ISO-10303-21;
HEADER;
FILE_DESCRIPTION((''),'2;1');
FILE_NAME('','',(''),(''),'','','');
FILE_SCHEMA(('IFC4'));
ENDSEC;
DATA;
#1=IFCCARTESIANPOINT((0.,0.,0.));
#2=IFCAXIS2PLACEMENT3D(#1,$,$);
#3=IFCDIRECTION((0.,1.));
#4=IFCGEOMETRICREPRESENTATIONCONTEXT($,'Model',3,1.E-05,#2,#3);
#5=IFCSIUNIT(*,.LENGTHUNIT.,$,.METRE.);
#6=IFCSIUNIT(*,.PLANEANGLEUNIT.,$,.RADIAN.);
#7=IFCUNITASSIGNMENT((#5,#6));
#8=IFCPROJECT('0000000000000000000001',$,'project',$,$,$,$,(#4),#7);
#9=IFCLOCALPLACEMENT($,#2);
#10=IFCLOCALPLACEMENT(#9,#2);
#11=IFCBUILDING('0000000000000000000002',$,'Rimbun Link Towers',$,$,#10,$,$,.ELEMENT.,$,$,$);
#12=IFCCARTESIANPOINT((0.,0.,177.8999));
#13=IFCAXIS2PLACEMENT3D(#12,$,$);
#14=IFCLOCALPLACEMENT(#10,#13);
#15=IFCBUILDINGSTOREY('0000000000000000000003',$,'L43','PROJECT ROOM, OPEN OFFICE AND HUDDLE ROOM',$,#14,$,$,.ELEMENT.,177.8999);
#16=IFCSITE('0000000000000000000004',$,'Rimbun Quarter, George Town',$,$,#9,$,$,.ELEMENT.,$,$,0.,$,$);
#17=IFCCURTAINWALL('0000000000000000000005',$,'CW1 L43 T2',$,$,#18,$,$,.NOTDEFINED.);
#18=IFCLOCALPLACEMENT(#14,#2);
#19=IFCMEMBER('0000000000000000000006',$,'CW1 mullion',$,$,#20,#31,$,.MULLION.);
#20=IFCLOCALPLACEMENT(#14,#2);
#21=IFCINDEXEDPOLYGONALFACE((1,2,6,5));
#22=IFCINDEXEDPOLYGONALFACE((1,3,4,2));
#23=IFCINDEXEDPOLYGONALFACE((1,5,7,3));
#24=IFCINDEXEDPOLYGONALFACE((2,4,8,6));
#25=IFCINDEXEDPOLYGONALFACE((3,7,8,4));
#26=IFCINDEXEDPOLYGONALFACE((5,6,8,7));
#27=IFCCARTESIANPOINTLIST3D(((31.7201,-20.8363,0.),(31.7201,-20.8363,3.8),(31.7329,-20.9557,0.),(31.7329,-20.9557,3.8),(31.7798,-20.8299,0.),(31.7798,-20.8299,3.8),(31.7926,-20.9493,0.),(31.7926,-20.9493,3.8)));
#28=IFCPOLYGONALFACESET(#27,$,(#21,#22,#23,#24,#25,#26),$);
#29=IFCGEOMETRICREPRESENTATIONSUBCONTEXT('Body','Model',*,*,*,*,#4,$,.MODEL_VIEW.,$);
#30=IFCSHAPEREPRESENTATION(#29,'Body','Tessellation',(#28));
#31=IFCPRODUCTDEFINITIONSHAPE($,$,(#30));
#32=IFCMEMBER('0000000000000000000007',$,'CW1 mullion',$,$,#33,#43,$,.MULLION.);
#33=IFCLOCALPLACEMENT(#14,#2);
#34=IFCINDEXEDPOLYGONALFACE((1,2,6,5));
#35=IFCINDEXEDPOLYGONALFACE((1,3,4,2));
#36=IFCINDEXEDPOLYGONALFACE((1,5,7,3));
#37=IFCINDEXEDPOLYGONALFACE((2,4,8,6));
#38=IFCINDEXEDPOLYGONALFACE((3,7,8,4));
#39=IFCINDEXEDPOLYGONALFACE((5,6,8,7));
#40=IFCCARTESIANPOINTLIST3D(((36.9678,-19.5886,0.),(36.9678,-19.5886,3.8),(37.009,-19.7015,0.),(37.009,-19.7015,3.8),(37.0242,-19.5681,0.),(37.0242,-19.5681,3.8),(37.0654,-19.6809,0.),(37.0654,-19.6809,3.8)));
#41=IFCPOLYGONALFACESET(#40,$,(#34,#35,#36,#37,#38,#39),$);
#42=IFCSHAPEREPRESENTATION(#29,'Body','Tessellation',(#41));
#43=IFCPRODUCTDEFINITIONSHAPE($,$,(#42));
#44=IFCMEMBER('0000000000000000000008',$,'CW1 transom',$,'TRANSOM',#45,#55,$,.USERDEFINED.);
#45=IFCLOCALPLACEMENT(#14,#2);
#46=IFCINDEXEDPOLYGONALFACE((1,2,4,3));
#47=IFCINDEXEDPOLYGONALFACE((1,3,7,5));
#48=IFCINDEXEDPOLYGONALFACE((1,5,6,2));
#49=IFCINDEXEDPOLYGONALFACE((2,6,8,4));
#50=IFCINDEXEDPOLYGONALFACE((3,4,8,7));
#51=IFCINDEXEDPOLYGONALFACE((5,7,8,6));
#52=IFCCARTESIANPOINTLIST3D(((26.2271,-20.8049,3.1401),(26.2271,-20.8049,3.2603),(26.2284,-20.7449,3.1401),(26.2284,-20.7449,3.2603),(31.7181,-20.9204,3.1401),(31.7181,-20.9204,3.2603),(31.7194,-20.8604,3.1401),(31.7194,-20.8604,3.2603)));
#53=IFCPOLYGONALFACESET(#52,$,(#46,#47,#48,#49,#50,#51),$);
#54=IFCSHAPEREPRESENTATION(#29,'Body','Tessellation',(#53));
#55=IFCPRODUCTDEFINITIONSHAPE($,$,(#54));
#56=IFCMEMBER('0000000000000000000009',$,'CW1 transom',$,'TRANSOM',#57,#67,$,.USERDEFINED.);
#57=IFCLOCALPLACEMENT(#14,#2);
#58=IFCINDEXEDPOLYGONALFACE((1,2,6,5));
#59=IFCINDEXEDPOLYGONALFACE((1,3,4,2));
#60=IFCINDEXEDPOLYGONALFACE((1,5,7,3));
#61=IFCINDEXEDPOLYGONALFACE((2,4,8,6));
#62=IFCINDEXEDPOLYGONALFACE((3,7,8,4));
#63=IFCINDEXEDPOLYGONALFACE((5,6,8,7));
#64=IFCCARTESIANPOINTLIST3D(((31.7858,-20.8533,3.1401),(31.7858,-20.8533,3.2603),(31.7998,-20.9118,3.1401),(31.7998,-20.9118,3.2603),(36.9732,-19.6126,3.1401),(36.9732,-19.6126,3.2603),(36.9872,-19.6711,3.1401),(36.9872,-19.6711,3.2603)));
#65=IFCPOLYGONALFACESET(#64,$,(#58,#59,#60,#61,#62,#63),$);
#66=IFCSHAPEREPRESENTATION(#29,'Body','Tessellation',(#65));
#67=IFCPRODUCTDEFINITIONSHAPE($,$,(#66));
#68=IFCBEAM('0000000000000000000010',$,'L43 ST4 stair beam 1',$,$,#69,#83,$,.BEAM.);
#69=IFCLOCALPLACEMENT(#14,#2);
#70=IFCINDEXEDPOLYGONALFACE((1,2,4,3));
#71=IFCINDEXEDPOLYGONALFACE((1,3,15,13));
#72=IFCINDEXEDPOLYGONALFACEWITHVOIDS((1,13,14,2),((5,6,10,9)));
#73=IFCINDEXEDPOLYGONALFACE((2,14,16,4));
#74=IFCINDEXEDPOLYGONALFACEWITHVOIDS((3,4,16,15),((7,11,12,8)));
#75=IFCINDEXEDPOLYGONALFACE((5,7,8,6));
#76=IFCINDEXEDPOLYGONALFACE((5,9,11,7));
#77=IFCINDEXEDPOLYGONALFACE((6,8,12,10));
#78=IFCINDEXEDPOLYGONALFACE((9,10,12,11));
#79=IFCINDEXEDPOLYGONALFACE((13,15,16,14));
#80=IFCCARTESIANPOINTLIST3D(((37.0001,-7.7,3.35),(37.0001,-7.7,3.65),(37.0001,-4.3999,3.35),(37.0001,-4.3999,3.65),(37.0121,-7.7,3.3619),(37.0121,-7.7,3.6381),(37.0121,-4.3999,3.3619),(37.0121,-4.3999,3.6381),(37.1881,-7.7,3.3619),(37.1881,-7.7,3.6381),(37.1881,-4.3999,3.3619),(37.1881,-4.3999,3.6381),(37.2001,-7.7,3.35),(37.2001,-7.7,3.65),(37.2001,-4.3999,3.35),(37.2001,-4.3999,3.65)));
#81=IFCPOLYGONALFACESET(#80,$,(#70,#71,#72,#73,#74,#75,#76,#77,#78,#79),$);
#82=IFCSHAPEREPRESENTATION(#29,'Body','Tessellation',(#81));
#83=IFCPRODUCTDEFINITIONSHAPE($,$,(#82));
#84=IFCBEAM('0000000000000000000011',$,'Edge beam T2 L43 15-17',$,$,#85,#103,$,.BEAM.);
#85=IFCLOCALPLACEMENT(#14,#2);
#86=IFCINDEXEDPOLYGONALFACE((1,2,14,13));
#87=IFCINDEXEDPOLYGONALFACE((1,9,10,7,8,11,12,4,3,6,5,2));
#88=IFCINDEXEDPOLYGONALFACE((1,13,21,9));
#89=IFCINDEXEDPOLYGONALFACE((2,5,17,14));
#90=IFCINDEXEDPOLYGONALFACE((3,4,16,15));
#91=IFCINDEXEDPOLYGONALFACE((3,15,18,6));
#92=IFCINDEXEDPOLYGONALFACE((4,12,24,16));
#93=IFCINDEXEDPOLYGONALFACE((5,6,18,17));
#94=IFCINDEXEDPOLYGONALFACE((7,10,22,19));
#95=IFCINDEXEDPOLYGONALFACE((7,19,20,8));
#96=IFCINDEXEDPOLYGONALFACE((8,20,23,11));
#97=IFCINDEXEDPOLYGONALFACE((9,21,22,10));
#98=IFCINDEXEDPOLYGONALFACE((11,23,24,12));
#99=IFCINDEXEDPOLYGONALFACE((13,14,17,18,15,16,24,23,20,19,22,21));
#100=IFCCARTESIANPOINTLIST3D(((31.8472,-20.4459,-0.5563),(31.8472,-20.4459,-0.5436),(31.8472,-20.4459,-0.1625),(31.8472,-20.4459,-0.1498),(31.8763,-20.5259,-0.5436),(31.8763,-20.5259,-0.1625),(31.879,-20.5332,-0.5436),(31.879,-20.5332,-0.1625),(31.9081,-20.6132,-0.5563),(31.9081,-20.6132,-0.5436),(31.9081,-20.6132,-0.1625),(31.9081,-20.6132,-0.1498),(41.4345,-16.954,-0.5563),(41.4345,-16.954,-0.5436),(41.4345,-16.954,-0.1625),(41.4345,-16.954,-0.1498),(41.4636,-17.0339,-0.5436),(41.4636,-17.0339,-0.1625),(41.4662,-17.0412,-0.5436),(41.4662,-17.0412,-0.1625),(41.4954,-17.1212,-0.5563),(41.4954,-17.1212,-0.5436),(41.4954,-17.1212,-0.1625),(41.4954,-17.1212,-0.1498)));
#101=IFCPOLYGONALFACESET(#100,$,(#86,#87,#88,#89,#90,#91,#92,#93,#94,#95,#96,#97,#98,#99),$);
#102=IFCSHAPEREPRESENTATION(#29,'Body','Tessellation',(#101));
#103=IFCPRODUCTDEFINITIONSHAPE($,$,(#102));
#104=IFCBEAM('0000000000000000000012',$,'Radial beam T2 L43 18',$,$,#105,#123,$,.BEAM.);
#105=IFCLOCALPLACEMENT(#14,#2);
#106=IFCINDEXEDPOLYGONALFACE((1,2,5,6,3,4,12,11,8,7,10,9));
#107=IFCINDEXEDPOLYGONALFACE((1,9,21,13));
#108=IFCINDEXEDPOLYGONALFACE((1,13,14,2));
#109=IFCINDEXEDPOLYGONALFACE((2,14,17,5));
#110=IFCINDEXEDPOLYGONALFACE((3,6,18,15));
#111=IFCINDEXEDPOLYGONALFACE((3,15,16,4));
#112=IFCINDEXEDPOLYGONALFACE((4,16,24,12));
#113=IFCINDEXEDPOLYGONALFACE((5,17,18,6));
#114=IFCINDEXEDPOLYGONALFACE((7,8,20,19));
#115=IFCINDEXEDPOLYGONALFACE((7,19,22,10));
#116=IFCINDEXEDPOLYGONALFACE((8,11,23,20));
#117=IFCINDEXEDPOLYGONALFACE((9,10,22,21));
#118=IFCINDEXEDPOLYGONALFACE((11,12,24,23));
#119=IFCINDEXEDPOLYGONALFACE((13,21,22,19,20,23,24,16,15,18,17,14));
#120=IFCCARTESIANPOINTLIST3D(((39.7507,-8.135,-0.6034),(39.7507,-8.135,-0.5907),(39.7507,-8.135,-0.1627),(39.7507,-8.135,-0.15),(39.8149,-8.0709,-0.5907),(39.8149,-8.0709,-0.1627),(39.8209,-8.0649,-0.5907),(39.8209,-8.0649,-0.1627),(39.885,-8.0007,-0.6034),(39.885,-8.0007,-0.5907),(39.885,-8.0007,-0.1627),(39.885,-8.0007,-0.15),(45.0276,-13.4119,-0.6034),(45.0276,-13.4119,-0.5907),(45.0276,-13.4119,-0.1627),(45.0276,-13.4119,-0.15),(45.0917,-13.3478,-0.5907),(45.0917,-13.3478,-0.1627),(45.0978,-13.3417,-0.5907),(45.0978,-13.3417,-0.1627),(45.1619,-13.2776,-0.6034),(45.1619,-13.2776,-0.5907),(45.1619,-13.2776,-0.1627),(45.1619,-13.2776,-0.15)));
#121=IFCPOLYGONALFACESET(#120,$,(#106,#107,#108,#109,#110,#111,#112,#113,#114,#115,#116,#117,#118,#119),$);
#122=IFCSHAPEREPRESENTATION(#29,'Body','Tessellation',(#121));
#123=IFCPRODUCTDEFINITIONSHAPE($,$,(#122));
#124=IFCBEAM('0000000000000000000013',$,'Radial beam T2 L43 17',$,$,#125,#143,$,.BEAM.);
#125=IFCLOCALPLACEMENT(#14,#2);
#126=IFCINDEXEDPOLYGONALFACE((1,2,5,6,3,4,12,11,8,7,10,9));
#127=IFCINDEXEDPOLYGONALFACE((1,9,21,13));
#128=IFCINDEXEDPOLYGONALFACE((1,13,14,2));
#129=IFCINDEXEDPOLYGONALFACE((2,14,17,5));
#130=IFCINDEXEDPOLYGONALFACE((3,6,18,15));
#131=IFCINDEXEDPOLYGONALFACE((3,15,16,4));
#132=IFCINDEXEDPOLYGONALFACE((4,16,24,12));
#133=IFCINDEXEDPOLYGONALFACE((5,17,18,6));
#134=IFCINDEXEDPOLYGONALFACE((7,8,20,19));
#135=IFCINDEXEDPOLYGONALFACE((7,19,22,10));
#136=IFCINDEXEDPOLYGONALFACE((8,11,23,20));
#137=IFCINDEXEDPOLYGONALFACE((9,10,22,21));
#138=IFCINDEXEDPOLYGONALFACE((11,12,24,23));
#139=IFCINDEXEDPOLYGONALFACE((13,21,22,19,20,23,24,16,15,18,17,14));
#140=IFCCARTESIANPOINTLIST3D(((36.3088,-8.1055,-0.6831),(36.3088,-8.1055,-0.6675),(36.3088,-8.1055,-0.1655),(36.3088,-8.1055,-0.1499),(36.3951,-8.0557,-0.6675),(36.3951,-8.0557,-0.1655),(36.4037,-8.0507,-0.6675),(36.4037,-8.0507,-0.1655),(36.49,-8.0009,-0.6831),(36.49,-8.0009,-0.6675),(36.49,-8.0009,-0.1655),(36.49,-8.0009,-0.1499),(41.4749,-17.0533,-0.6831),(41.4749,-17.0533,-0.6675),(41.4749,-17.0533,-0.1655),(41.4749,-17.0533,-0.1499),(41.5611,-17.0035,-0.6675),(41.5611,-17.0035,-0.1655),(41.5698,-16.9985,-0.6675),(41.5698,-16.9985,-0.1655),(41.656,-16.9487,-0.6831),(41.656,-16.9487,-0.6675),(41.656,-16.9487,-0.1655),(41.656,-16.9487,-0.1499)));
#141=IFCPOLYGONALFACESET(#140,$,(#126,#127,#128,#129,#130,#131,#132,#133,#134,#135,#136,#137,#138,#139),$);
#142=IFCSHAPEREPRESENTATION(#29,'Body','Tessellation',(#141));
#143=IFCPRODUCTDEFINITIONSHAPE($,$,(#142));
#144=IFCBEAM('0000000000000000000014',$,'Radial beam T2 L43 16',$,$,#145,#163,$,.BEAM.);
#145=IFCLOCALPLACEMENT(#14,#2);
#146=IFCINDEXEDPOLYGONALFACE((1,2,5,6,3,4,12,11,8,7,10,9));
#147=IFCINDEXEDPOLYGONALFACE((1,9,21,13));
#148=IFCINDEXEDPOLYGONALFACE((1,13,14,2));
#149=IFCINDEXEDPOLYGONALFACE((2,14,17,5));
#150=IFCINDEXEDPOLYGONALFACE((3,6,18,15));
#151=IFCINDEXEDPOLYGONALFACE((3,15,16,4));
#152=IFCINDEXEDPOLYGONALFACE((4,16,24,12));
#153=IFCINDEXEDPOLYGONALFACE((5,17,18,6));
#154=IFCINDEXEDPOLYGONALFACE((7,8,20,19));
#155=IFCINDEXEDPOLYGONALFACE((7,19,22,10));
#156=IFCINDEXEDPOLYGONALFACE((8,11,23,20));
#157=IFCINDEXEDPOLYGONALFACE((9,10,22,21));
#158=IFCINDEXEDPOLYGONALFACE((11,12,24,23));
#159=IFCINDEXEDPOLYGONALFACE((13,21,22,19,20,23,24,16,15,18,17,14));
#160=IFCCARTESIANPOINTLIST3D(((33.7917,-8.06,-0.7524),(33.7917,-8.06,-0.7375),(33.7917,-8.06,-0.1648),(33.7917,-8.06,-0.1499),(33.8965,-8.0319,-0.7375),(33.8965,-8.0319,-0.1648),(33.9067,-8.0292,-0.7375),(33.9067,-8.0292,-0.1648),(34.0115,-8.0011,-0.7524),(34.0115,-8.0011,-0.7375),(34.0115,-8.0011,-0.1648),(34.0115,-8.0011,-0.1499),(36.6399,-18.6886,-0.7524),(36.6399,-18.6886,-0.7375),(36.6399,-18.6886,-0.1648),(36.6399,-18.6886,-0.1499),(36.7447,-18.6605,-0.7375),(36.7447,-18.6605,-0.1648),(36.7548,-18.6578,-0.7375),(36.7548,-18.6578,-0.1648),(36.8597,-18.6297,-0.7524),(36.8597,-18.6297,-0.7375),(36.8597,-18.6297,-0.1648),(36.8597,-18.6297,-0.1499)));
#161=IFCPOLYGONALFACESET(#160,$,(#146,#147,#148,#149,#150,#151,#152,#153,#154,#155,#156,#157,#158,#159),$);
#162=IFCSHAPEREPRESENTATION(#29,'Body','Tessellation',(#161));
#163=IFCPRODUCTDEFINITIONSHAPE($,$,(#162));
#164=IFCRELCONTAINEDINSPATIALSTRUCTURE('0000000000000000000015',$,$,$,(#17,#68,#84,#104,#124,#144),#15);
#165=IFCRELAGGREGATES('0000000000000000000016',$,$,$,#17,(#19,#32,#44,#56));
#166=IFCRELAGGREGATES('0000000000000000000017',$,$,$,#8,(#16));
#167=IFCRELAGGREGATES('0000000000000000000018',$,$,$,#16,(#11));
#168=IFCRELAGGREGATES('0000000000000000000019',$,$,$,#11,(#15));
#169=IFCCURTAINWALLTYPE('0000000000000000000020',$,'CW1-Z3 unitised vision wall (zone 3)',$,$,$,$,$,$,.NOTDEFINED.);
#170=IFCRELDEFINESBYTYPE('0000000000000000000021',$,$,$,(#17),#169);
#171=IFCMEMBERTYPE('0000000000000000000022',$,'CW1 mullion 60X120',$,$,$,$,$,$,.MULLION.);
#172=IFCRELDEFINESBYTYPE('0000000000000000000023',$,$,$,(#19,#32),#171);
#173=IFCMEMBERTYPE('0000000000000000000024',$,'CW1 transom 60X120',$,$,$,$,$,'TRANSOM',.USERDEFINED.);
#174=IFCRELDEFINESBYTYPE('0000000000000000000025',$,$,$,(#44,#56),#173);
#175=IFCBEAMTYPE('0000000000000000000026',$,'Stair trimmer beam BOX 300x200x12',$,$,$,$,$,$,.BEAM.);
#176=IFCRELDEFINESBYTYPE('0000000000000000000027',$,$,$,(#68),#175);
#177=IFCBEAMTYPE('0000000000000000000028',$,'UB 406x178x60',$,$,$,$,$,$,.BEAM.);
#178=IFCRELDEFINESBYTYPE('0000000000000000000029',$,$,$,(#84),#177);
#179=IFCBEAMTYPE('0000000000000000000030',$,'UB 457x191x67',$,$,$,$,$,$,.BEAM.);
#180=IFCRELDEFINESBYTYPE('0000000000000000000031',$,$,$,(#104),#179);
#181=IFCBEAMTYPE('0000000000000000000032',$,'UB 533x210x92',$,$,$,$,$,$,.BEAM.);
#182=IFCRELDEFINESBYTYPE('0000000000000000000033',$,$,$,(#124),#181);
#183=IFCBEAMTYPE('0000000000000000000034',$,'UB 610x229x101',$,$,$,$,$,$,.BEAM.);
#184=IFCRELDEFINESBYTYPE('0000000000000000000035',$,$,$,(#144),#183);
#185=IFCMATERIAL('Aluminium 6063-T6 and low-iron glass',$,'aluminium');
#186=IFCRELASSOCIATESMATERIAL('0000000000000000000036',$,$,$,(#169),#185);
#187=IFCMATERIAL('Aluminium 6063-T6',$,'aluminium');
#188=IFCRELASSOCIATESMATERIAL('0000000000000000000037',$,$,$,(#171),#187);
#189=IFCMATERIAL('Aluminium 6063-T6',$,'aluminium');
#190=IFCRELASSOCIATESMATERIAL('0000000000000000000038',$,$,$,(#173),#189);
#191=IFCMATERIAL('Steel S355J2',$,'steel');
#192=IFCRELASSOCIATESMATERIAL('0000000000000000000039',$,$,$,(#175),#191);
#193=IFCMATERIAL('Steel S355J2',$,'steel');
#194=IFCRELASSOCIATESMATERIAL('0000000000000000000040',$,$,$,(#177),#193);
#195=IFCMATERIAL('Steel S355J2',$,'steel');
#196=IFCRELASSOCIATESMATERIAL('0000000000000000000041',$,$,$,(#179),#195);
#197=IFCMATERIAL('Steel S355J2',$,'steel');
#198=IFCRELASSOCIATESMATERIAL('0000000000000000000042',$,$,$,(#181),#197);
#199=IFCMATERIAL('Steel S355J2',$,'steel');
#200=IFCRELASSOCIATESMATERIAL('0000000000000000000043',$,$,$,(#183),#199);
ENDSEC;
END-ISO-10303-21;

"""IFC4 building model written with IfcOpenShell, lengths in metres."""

from ifc_helpers import new_model, si_unit, direction, frame, origin, origin_2d, place, context, subcontext, project, spatial, rectangle, hollow_rectangle, i_section, extrude, material, material_profile, profile_set, type_object, element, aggregate, save


model = new_model("IFC4")

# Units and contexts
model_context = context("Model", 3, precision=1e-05, world=origin(), true_north=direction((0.0, 1.0)))
body_context = subcontext(model_context, "Body", "Model", "MODEL_VIEW")
ifc_project = project(units=[si_unit("LENGTHUNIT", "METRE"), si_unit("PLANEANGLEUNIT", "RADIAN")], contexts=[model_context])

# Site, building, storey
site_placement = place(None, origin())
site = spatial("IfcSite", under=ifc_project, at=site_placement, Name="Rimbun Quarter, George Town", CompositionType="ELEMENT", RefElevation=0.0)
building_placement = place(site_placement, origin())
building = spatial("IfcBuilding", under=site, at=building_placement, Name="Rimbun Link Towers", CompositionType="ELEMENT")
storey_placement = place(building_placement, frame((0.0, 0.0, 177.8999)))
storey = spatial("IfcBuildingStorey", under=building, at=storey_placement, Name="L43", Description="PROJECT ROOM, OPEN OFFICE AND HUDDLE ROOM", CompositionType="ELEMENT", Elevation=177.8999)

# Curtain wall, members
ifc_material_1 = material(Name="Aluminium 6063-T6 and low-iron glass", Category="aluminium")
curtain_wall_type = type_object("IfcCurtainWallType", Name="CW1-Z3 unitised vision wall (zone 3)", PredefinedType="NOTDEFINED", material=ifc_material_1)
curtain_wall_placement = place(storey_placement, origin())
curtain_wall = element("IfcCurtainWall", 1, at=curtain_wall_placement, inside=storey, type_object=curtain_wall_type, Name="CW1 L43 T2", PredefinedType="NOTDEFINED")
ifc_material_2 = material(Name="Aluminium 6063-T6", Category="aluminium")
ifc_material_profile_1 = material_profile(ifc_material_2, rectangle(XDim=0.1201, YDim=0.0601, at=origin_2d()), Name="MULLION 60X120")
ifc_profile_set_1 = profile_set([ifc_material_profile_1], Name="Aluminium 6063-T6")
member_type_1 = type_object("IfcMemberType", Name="CW1 mullion 60X120", PredefinedType="MULLION", material=ifc_profile_set_1)
member_1_placement = place(storey_placement, frame((31.7563, -20.8928, 0.0), z_axis=(0.0, 0.0, 1.0), x_axis=(0.106641, -0.994298, 0.0)))
member_1 = element("IfcMember", 2, at=member_1_placement, type_object=member_type_1, Name="CW1 mullion", PredefinedType="MULLION", context=body_context, shape_type="SweptSolid", body=[
    extrude(rectangle(XDim=0.1201, YDim=0.0601, at=origin_2d()), origin(), (0.0, 0.0, 1.0), 3.8),
])
member_2_placement = place(storey_placement, frame((37.0166, -19.6348, 0.0), z_axis=(0.0, 0.0, 1.0), x_axis=(0.342962, -0.939349, 0.0)))
member_2 = element("IfcMember", 3, at=member_2_placement, type_object=member_type_1, Name="CW1 mullion", PredefinedType="MULLION", context=body_context, shape_type="SweptSolid", body=[
    extrude(rectangle(XDim=0.1201, YDim=0.0601, at=origin_2d()), origin(), (0.0, 0.0, 1.0), 3.8),
])
ifc_material_3 = material(Name="Aluminium 6063-T6", Category="aluminium")
ifc_material_profile_2 = material_profile(ifc_material_3, rectangle(XDim=0.0601, YDim=0.1201, at=origin_2d()), Name="TRANSOM 60X120")
ifc_profile_set_2 = profile_set([ifc_material_profile_2], Name="Aluminium 6063-T6")
member_type_2 = type_object("IfcMemberType", Name="CW1 transom 60X120", ElementType="TRANSOM", PredefinedType="USERDEFINED", material=ifc_profile_set_2)
member_3_placement = place(storey_placement, frame((31.7188, -20.8904, 3.2002), z_axis=(-0.999779, 0.021026, 0.0), x_axis=(-0.021026, -0.999779, 0.0)))
member_3 = element("IfcMember", 4, at=member_3_placement, type_object=member_type_2, Name="CW1 transom", ObjectType="TRANSOM", PredefinedType="USERDEFINED", context=body_context, shape_type="SweptSolid", body=[
    extrude(rectangle(XDim=0.0601, YDim=0.1201, at=origin_2d()), origin(), (0.0, 0.0, 1.0), 5.4922),
])
member_4_placement = place(storey_placement, frame((36.9802, -19.6418, 3.2002), z_axis=(-0.972569, -0.232615, 0.0), x_axis=(0.232615, -0.972569, 0.0)))
member_4 = element("IfcMember", 5, at=member_4_placement, type_object=member_type_2, Name="CW1 transom", ObjectType="TRANSOM", PredefinedType="USERDEFINED", context=body_context, shape_type="SweptSolid", body=[
    extrude(rectangle(XDim=0.0601, YDim=0.1201, at=origin_2d()), origin(), (0.0, 0.0, 1.0), 5.3337),
])

# Beams
ifc_material_4 = material(Name="Steel S355J2", Category="steel")
ifc_material_profile_3 = material_profile(ifc_material_4, hollow_rectangle(XDim=0.2, YDim=0.3, WallThickness=0.012, at=origin_2d()), Name="BOX 300x200x12")
ifc_profile_set_3 = profile_set([ifc_material_profile_3], Name="Steel S355J2")
beam_type_1 = type_object("IfcBeamType", Name="Stair trimmer beam BOX 300x200x12", PredefinedType="BEAM", material=ifc_profile_set_3)
beam_1_placement = place(storey_placement, frame((37.1001, -7.7, 3.5), z_axis=(0.0, 1.0, 0.0), x_axis=(-1.0, 0.0, 0.0)))
element("IfcBeam", 6, at=beam_1_placement, inside=storey, type_object=beam_type_1, Name="L43 ST4 stair beam 1", PredefinedType="BEAM", context=body_context, shape_type="SweptSolid", body=[
    extrude(hollow_rectangle(XDim=0.2, YDim=0.3, WallThickness=0.012, at=origin_2d()), origin(), (0.0, 0.0, 1.0), 3.3),
])
ifc_material_5 = material(Name="Steel S355J2", Category="steel")
ifc_material_profile_4 = material_profile(ifc_material_5, i_section(OverallWidth=0.178, OverallDepth=0.4065, WebThickness=0.0078, FlangeThickness=0.0127, at=origin_2d()), Name="UB 406x178x60")
ifc_profile_set_4 = profile_set([ifc_material_profile_4], Name="Steel S355J2")
beam_type_2 = type_object("IfcBeamType", Name="UB 406x178x60", PredefinedType="BEAM", material=ifc_profile_set_4)
beam_2_placement = place(storey_placement, frame((31.8777, -20.5295, -0.353), z_axis=(0.939614, 0.342237, 0.0), x_axis=(-0.342237, 0.939614, 0.0)))
element("IfcBeam", 7, at=beam_2_placement, inside=storey, type_object=beam_type_2, Name="Edge beam T2 L43 15-17", PredefinedType="BEAM", context=body_context, shape_type="SweptSolid", body=[
    extrude(i_section(OverallWidth=0.178, OverallDepth=0.4065, WebThickness=0.0078, FlangeThickness=0.0127, at=origin_2d()), origin(), (0.0, 0.0, 1.0), 10.2034),
])
ifc_material_6 = material(Name="Steel S355J2", Category="steel")
ifc_material_profile_5 = material_profile(ifc_material_6, i_section(OverallWidth=0.1899, OverallDepth=0.4534, WebThickness=0.0085, FlangeThickness=0.0127, at=origin_2d()), Name="UB 457x191x67")
ifc_profile_set_5 = profile_set([ifc_material_profile_5], Name="Steel S355J2")
beam_type_3 = type_object("IfcBeamType", Name="UB 457x191x67", PredefinedType="BEAM", material=ifc_profile_set_5)
beam_3_placement = place(storey_placement, frame((39.8179, -8.0679, -0.3767), z_axis=(0.707107, -0.707107, 0.0), x_axis=(0.707107, 0.707107, 0.0)))
element("IfcBeam", 8, at=beam_3_placement, inside=storey, type_object=beam_type_3, Name="Radial beam T2 L43 18", PredefinedType="BEAM", context=body_context, shape_type="SweptSolid", body=[
    extrude(i_section(OverallWidth=0.1899, OverallDepth=0.4534, WebThickness=0.0085, FlangeThickness=0.0127, at=origin_2d()), origin(), (0.0, 0.0, 1.0), 7.4626),
])
ifc_material_7 = material(Name="Steel S355J2", Category="steel")
ifc_material_profile_6 = material_profile(ifc_material_7, i_section(OverallWidth=0.2092, OverallDepth=0.5332, WebThickness=0.01, FlangeThickness=0.0156, at=origin_2d()), Name="UB 533x210x92")
ifc_profile_set_6 = profile_set([ifc_material_profile_6], Name="Steel S355J2")
beam_type_4 = type_object("IfcBeamType", Name="UB 533x210x92", PredefinedType="BEAM", material=ifc_profile_set_6)
beam_4_placement = place(storey_placement, frame((36.3994, -8.0532, -0.4165), z_axis=(0.500002, -0.866024, 0.0), x_axis=(0.866024, 0.500002, 0.0)))
element("IfcBeam", 9, at=beam_4_placement, inside=storey, type_object=beam_type_4, Name="Radial beam T2 L43 17", PredefinedType="BEAM", context=body_context, shape_type="SweptSolid", body=[
    extrude(i_section(OverallWidth=0.2092, OverallDepth=0.5332, WebThickness=0.01, FlangeThickness=0.0156, at=origin_2d()), origin(), (0.0, 0.0, 1.0), 10.332),
])
ifc_material_8 = material(Name="Steel S355J2", Category="steel")
ifc_material_profile_7 = material_profile(ifc_material_8, i_section(OverallWidth=0.2275, OverallDepth=0.6025, WebThickness=0.0105, FlangeThickness=0.0149, at=origin_2d()), Name="UB 610x229x101")
ifc_profile_set_7 = profile_set([ifc_material_profile_7], Name="Steel S355J2")
beam_type_5 = type_object("IfcBeamType", Name="UB 610x229x101", PredefinedType="BEAM", material=ifc_profile_set_7)
beam_5_placement = place(storey_placement, frame((33.9016, -8.0305, -0.4512), z_axis=(0.258836, -0.965921, 0.0), x_axis=(0.965921, 0.258836, 0.0)))
element("IfcBeam", 10, at=beam_5_placement, inside=storey, type_object=beam_type_5, Name="Radial beam T2 L43 16", PredefinedType="BEAM", context=body_context, shape_type="SweptSolid", body=[
    extrude(i_section(OverallWidth=0.2275, OverallDepth=0.6025, WebThickness=0.0105, FlangeThickness=0.0149, at=origin_2d()), origin(), (0.0, 0.0, 1.0), 11.0037),
])

aggregate(curtain_wall, [member_1, member_2, member_3, member_4])

save(model, "model.ifc")
